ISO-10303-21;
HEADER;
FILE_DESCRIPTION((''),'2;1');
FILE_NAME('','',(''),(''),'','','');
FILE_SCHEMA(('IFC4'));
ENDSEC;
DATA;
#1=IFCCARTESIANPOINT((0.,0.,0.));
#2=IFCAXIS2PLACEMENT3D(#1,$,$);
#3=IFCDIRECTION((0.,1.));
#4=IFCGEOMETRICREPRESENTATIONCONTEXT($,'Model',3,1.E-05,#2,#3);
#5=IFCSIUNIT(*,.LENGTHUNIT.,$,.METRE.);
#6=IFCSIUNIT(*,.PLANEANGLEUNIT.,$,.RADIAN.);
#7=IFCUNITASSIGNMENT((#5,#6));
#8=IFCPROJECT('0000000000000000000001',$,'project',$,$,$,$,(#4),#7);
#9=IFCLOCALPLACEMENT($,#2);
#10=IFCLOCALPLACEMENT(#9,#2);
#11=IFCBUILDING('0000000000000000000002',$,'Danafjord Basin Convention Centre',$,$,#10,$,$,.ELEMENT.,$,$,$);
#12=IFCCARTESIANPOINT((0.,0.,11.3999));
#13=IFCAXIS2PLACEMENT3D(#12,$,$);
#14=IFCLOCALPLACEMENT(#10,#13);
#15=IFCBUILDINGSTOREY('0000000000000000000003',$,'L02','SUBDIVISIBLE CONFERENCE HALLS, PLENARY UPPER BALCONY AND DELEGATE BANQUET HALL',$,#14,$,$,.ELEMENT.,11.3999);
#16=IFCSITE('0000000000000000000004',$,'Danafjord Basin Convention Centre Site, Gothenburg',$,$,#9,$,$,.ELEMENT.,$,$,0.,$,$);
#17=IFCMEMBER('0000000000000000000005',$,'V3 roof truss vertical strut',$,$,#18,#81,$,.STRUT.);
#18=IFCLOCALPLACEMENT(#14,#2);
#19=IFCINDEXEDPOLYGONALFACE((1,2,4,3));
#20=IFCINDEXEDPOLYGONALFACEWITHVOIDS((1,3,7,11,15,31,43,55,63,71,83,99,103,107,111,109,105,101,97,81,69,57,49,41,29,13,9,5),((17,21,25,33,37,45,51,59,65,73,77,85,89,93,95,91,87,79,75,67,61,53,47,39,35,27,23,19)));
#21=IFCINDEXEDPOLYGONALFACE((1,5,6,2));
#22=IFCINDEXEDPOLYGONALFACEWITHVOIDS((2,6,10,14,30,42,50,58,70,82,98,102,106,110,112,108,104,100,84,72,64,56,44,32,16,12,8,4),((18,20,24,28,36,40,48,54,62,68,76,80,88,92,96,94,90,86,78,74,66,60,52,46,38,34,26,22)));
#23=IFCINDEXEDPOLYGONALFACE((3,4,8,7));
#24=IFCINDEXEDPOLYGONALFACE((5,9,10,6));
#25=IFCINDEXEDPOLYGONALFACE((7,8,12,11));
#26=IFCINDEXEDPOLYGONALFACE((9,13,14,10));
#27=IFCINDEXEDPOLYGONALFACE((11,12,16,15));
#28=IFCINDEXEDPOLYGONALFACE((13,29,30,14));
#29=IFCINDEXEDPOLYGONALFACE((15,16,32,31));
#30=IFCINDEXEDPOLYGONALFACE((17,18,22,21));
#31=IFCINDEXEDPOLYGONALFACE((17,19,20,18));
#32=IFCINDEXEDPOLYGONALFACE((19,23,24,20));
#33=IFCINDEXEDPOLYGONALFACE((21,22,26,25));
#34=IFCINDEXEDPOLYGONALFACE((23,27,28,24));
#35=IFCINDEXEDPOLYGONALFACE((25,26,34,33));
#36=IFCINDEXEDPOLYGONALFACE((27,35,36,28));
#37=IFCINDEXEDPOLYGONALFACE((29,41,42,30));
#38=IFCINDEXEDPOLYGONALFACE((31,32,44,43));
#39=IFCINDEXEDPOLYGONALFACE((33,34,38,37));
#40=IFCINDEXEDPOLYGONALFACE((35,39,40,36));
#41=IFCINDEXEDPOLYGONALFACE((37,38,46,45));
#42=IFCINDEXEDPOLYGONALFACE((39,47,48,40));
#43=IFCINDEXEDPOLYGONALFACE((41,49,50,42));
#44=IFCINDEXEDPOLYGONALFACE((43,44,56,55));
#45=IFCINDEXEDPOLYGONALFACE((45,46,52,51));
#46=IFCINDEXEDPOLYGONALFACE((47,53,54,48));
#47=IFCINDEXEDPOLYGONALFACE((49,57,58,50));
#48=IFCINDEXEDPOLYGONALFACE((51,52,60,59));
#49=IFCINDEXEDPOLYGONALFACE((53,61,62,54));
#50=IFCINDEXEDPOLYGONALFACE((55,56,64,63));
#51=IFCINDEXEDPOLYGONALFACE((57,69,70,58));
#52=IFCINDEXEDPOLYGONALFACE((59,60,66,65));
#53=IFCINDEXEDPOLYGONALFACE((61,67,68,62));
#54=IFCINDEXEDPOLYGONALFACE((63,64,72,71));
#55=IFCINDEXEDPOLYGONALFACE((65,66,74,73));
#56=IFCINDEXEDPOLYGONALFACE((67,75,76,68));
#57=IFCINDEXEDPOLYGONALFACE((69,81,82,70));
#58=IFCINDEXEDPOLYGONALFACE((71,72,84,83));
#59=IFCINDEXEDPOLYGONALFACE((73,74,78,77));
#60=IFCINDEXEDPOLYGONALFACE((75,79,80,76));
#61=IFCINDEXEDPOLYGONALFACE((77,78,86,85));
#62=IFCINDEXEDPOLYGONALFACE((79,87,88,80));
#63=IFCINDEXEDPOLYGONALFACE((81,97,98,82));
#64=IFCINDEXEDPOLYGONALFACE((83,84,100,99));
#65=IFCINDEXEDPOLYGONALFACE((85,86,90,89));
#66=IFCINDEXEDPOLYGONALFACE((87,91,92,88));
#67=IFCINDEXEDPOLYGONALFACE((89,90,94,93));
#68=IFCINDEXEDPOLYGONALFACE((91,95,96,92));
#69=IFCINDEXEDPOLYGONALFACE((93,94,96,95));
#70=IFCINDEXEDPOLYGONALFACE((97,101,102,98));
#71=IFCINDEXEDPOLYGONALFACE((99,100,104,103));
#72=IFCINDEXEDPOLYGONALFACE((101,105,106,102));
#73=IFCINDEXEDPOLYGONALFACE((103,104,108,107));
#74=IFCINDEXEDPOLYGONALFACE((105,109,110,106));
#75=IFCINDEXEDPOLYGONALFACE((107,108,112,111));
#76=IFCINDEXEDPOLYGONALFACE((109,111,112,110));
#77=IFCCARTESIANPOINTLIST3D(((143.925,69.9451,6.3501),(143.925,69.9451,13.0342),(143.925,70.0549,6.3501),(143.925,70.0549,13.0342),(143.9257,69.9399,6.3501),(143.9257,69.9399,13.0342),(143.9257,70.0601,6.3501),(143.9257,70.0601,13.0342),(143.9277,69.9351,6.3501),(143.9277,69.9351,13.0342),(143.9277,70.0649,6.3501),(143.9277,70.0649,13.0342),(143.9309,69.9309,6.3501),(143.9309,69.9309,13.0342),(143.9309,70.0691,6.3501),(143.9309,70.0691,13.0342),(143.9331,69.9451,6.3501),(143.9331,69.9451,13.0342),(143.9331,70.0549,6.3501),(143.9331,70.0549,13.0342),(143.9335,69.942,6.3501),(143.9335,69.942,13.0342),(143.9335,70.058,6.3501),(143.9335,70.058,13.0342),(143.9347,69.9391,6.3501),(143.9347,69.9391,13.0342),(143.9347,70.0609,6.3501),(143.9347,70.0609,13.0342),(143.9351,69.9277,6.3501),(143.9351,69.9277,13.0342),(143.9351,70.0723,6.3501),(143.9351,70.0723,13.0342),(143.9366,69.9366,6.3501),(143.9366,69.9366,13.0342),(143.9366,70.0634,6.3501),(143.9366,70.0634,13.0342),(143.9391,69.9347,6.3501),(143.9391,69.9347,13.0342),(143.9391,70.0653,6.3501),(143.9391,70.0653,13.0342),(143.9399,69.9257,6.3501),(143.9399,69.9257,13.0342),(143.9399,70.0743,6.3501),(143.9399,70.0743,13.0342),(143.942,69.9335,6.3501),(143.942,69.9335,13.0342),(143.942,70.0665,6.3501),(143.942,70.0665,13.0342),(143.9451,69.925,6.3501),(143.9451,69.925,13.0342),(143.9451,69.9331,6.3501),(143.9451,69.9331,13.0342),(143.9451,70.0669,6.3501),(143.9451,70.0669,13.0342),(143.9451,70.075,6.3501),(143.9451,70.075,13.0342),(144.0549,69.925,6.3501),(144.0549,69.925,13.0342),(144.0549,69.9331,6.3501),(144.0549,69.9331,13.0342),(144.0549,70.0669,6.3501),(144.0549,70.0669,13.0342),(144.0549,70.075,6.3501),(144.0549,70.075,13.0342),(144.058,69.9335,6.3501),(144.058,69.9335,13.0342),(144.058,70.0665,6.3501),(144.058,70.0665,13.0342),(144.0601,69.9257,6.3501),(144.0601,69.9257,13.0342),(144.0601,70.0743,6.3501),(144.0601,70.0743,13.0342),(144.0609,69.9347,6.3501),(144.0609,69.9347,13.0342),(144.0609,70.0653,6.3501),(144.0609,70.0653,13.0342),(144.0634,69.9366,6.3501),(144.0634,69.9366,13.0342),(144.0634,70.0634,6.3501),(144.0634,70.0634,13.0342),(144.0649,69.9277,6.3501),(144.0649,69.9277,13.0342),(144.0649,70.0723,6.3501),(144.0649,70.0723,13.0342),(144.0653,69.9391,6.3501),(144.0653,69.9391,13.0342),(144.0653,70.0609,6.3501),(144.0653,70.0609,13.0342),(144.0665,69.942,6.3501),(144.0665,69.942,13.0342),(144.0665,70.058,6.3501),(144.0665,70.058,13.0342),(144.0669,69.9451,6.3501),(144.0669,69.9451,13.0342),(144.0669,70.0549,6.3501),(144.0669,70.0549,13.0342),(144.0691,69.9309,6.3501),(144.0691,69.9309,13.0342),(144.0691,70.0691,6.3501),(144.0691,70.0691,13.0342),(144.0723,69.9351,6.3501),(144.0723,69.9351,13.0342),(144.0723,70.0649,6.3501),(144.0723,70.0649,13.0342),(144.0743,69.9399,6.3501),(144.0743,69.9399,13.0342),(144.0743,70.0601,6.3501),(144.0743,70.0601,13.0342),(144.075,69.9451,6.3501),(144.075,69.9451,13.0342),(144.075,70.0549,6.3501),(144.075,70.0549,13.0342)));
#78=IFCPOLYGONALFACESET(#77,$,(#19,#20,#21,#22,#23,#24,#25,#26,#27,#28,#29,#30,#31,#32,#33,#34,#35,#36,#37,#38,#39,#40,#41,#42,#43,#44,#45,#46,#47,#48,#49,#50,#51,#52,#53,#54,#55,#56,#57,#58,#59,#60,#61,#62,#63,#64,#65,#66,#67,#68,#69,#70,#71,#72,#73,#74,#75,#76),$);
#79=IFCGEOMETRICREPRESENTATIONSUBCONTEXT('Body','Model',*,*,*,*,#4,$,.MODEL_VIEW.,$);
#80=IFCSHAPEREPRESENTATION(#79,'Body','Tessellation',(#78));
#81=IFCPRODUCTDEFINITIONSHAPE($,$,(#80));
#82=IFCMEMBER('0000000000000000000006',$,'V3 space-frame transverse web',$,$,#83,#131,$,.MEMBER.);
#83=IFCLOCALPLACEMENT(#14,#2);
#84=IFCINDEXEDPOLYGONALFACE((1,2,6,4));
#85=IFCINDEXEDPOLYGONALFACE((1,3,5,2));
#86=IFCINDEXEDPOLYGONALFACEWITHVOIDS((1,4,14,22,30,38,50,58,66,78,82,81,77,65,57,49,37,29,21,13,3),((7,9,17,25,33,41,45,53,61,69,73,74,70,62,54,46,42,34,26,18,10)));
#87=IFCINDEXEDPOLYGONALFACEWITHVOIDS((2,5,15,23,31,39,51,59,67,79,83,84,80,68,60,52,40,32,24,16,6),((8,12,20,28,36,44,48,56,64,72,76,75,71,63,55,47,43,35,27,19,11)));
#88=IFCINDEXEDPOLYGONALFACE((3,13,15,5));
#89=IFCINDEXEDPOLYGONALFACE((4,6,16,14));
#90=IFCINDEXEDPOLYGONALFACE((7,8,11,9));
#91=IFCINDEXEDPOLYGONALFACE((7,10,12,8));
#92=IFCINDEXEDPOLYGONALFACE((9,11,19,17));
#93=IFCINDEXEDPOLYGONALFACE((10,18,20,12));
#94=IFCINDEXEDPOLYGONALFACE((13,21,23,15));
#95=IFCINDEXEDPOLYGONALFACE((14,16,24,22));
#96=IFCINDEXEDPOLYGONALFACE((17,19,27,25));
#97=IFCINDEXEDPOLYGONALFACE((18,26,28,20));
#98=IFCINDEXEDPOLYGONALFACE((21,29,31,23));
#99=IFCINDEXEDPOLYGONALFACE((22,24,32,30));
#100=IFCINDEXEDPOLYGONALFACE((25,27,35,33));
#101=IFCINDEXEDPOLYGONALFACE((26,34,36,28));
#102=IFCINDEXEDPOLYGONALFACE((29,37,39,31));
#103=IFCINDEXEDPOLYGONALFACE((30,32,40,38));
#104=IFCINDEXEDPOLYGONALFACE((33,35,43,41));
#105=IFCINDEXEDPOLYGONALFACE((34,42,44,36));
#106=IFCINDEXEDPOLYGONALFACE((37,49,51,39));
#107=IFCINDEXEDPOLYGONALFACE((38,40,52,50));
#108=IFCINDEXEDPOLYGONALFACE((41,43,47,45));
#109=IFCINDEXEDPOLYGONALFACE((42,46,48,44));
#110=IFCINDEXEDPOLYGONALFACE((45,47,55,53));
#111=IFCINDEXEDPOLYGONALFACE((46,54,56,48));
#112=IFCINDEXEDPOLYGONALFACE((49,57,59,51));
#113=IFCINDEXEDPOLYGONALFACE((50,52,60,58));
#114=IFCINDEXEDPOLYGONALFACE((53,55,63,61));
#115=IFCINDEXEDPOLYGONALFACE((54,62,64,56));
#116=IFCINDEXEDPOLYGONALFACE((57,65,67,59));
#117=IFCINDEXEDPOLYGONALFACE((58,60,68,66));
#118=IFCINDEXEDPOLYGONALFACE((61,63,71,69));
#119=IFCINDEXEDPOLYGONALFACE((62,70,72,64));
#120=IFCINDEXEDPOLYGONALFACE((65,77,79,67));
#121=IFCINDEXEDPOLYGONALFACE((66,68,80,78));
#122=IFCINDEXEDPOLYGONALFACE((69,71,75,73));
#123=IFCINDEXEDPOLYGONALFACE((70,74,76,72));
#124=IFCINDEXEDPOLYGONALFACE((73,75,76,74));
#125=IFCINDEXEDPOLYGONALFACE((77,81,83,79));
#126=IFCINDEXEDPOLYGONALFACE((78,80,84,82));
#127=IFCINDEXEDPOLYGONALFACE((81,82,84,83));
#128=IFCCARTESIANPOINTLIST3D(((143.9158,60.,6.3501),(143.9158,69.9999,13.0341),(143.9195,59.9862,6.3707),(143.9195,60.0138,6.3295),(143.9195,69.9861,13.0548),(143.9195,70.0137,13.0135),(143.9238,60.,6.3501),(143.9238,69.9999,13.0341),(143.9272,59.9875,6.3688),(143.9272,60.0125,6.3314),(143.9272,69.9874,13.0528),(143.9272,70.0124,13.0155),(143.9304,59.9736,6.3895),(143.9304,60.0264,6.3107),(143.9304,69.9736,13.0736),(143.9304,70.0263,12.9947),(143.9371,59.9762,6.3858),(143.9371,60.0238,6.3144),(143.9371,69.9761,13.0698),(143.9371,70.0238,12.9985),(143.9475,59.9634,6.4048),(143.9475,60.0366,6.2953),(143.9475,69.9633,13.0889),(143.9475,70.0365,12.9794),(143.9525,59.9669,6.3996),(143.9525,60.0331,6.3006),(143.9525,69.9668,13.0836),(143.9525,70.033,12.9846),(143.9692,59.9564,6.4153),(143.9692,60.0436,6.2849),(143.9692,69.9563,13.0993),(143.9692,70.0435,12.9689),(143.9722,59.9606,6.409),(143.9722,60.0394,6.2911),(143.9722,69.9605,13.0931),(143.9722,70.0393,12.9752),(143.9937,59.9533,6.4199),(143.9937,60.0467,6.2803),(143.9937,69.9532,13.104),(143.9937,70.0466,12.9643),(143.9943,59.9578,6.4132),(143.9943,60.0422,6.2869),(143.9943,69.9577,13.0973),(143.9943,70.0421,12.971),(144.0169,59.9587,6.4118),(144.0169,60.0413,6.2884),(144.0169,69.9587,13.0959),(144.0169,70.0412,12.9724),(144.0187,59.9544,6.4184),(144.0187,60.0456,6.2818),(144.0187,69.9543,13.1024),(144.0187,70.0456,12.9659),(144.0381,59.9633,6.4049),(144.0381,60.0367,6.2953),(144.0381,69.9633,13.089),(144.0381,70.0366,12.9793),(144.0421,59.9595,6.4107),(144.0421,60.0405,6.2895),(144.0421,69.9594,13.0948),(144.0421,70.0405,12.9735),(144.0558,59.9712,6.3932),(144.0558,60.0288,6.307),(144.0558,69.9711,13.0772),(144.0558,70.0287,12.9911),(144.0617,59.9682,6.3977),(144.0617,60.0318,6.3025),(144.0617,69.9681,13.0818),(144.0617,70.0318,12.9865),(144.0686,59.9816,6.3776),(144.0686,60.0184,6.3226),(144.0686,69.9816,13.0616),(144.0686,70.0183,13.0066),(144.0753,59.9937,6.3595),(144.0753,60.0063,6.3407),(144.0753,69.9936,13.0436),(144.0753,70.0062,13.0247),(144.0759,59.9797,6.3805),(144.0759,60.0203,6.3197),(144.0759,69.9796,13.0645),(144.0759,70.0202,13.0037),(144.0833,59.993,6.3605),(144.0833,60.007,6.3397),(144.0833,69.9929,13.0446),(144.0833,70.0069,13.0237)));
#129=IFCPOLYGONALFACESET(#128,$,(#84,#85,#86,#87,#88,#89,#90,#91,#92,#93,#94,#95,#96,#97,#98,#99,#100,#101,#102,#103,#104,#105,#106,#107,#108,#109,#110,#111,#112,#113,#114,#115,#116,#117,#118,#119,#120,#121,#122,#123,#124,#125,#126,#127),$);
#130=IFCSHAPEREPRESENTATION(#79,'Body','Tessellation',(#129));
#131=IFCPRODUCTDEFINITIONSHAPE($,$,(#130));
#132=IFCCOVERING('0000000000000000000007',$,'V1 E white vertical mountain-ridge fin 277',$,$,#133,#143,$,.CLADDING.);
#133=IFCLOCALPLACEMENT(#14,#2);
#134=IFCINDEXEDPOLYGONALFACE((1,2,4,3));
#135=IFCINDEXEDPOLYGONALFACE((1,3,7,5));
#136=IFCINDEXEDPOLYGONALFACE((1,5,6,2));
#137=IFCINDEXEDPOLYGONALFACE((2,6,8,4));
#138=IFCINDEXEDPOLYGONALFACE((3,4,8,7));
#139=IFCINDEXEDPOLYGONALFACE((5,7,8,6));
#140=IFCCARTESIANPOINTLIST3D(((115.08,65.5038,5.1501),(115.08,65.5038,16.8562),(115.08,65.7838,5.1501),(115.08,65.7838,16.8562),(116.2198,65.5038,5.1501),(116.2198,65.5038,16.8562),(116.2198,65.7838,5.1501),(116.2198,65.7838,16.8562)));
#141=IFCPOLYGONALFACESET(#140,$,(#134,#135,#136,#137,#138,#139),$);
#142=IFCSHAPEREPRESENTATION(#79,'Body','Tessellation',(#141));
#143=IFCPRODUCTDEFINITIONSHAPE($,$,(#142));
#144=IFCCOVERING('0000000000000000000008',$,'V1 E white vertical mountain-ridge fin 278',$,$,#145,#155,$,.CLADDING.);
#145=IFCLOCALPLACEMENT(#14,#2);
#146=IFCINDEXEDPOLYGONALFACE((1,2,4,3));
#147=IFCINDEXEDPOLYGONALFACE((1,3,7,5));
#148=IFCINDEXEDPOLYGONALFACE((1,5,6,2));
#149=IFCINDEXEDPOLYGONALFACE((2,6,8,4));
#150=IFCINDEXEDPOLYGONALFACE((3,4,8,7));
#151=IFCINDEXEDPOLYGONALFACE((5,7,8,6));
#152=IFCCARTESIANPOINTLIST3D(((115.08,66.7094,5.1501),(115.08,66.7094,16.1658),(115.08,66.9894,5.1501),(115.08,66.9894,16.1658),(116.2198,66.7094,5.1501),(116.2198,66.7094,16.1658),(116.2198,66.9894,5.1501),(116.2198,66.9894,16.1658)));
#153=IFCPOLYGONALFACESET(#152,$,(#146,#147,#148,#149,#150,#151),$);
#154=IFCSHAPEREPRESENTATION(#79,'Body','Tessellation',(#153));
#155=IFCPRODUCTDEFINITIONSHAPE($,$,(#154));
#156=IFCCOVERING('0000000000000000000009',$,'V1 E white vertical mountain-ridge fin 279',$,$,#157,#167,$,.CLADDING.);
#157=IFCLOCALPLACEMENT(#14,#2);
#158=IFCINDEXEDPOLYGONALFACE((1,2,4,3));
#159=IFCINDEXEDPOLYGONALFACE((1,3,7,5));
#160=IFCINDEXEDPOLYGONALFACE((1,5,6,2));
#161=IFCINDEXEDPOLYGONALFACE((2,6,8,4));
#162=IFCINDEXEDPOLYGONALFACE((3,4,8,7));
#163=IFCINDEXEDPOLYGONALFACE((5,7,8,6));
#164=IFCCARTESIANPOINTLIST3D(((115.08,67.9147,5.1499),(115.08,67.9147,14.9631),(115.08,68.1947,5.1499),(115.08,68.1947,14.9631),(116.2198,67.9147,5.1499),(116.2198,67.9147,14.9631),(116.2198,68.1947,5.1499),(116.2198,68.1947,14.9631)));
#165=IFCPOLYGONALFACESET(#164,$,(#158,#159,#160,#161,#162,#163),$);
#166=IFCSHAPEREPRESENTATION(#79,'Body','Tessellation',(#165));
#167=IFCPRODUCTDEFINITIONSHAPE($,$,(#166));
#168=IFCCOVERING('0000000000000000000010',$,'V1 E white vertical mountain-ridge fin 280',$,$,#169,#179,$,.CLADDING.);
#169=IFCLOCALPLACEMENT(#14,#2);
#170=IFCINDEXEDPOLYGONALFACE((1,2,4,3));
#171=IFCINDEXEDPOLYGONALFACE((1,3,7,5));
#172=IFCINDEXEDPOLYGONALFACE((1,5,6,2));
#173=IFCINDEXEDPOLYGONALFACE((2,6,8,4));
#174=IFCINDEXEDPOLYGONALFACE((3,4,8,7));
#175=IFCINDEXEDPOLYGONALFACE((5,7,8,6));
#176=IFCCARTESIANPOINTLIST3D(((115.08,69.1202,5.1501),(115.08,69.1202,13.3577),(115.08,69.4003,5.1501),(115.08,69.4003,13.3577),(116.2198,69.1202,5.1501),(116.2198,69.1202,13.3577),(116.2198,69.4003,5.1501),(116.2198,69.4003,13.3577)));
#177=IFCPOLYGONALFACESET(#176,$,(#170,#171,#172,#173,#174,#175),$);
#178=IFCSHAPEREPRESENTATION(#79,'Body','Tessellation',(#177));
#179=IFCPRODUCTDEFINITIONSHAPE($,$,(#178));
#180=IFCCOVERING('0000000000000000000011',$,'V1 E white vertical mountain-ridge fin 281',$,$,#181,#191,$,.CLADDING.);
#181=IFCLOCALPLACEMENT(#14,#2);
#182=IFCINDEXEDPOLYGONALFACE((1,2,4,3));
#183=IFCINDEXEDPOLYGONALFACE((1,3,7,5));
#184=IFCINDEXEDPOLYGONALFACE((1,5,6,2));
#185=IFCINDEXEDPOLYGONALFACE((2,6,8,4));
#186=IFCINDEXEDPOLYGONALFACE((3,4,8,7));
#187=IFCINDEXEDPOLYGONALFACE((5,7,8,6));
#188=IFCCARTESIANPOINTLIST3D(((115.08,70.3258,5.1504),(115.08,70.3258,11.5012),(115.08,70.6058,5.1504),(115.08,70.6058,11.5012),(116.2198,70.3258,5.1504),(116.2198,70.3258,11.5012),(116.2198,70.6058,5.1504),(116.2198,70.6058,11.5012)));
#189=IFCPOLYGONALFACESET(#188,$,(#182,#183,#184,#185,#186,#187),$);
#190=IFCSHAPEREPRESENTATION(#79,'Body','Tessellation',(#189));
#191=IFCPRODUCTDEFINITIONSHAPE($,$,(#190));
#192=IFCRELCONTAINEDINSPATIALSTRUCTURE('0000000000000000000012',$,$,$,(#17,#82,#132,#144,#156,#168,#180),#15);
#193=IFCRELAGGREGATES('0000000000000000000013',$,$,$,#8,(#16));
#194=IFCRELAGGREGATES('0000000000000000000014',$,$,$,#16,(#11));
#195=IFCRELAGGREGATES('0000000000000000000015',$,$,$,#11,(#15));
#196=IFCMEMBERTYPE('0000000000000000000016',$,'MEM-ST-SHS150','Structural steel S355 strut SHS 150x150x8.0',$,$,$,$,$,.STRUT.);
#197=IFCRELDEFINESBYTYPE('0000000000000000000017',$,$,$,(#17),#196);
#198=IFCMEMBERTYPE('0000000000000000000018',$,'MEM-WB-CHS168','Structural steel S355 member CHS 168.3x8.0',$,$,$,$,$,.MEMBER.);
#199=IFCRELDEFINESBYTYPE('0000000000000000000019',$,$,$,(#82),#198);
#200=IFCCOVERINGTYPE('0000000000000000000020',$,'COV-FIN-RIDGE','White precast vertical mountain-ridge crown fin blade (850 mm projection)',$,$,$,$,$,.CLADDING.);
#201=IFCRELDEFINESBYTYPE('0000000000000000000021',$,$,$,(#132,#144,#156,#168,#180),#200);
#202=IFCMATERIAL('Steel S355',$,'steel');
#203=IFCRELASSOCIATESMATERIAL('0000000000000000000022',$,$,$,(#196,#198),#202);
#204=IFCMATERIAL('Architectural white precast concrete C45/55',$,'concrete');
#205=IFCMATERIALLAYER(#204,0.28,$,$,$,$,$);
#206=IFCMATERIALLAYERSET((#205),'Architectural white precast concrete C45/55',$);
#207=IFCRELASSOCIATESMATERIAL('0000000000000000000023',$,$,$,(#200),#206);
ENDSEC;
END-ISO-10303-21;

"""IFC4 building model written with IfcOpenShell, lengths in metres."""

from ifc_helpers import new_model, si_unit, direction, frame, origin, origin_2d, place, context, subcontext, project, spatial, rectangle, hollow_rectangle, hollow_circle, extrude, material, layer, layer_set, material_profile, profile_set, type_object, element, save


model = new_model("IFC4")

# Units and contexts
model_context = context("Model", 3, precision=1e-05, world=origin(), true_north=direction((0.0, 1.0)))
body_context = subcontext(model_context, "Body", "Model", "MODEL_VIEW")
ifc_project = project(units=[si_unit("LENGTHUNIT", "METRE"), si_unit("PLANEANGLEUNIT", "RADIAN")], contexts=[model_context])

# Site, building, storey
site_placement = place(None, origin())
site = spatial("IfcSite", under=ifc_project, at=site_placement, Name="Danafjord Basin Convention Centre Site, Gothenburg", CompositionType="ELEMENT", RefElevation=0.0)
building_placement = place(site_placement, origin())
building = spatial("IfcBuilding", under=site, at=building_placement, Name="Danafjord Basin Convention Centre", CompositionType="ELEMENT")
storey_placement = place(building_placement, frame((0.0, 0.0, 11.3999)))
storey = spatial("IfcBuildingStorey", under=building, at=storey_placement, Name="L02", Description="SUBDIVISIBLE CONFERENCE HALLS, PLENARY UPPER BALCONY AND DELEGATE BANQUET HALL", CompositionType="ELEMENT", Elevation=11.3999)

# Shared definitions
ifc_material_1 = material(Name="Steel S355", Category="steel")

# Members
ifc_material_profile_1 = material_profile(ifc_material_1, hollow_rectangle(XDim=0.1499, YDim=0.1499, WallThickness=0.0081, InnerFilletRadius=0.012, OuterFilletRadius=0.02, at=origin_2d()), Name="SHS 150x150x8.0")
ifc_profile_set_1 = profile_set([ifc_material_profile_1], Name="Steel S355")
member_type_1 = type_object("IfcMemberType", Name="MEM-ST-SHS150", Description="Structural steel S355 strut SHS 150x150x8.0", PredefinedType="STRUT", material=ifc_profile_set_1)
member_1_placement = place(storey_placement, frame((144.0, 70.0, 6.3501), z_axis=(0.0, 0.0, 1.0), x_axis=(1.0, 0.0, 0.0)))
element("IfcMember", 1, at=member_1_placement, inside=storey, type_object=member_type_1, Name="V3 roof truss vertical strut", PredefinedType="STRUT", context=body_context, shape_type="SweptSolid", body=[
    extrude(hollow_rectangle(XDim=0.1499, YDim=0.1499, WallThickness=0.0081, InnerFilletRadius=0.012, OuterFilletRadius=0.02, at=origin_2d()), origin(), (0.0, 0.0, 1.0), 6.6841),
])
ifc_material_profile_2 = material_profile(ifc_material_1, hollow_circle(Radius=0.0842, WallThickness=0.0081, at=origin_2d()), Name="CHS 168.3x8.0")
ifc_profile_set_2 = profile_set([ifc_material_profile_2], Name="Steel S355")
member_type_2 = type_object("IfcMemberType", Name="MEM-WB-CHS168", Description="Structural steel S355 member CHS 168.3x8.0", PredefinedType="MEMBER", material=ifc_profile_set_2)
member_2_placement = place(storey_placement, frame((144.0, 60.0, 6.3501), z_axis=(0.0, 0.831381, 0.555702), x_axis=(-1.0, 0.0, 0.0)))
element("IfcMember", 2, at=member_2_placement, inside=storey, type_object=member_type_2, Name="V3 space-frame transverse web", PredefinedType="MEMBER", context=body_context, shape_type="SweptSolid", body=[
    extrude(hollow_circle(Radius=0.0842, WallThickness=0.0081, at=origin_2d()), origin(), (0.0, 0.0, 1.0), 12.0281),
])

# Coverings
ifc_material_2 = material(Name="Architectural white precast concrete C45/55", Category="concrete")
ifc_layer = layer(ifc_material_2, 0.28)
ifc_layer_set = layer_set([ifc_layer], Name="Architectural white precast concrete C45/55")
covering_type = type_object("IfcCoveringType", Name="COV-FIN-RIDGE", Description="White precast vertical mountain-ridge crown fin blade (850 mm projection)", PredefinedType="CLADDING", material=ifc_layer_set)
covering_1_placement = place(storey_placement, frame((115.6499, 65.6438, 5.1501), z_axis=(0.0, 0.0, 1.0), x_axis=(1.0, 0.0, 0.0)))
element("IfcCovering", 3, at=covering_1_placement, inside=storey, type_object=covering_type, Name="V1 E white vertical mountain-ridge fin 277", PredefinedType="CLADDING", context=body_context, shape_type="SweptSolid", body=[
    extrude(rectangle(XDim=1.1399, YDim=0.28, at=origin_2d()), origin(), (0.0, 0.0, 1.0), 11.7061),
])
covering_2_placement = place(storey_placement, frame((115.6499, 66.8494, 5.1501), z_axis=(0.0, 0.0, 1.0), x_axis=(1.0, 0.0, 0.0)))
element("IfcCovering", 4, at=covering_2_placement, inside=storey, type_object=covering_type, Name="V1 E white vertical mountain-ridge fin 278", PredefinedType="CLADDING", context=body_context, shape_type="SweptSolid", body=[
    extrude(rectangle(XDim=1.1399, YDim=0.28, at=origin_2d()), origin(), (0.0, 0.0, 1.0), 11.0156),
])
covering_3_placement = place(storey_placement, frame((115.6499, 68.0547, 5.1499), z_axis=(0.0, 0.0, 1.0), x_axis=(1.0, 0.0, 0.0)))
element("IfcCovering", 5, at=covering_3_placement, inside=storey, type_object=covering_type, Name="V1 E white vertical mountain-ridge fin 279", PredefinedType="CLADDING", context=body_context, shape_type="SweptSolid", body=[
    extrude(rectangle(XDim=1.1399, YDim=0.28, at=origin_2d()), origin(), (0.0, 0.0, 1.0), 9.8132),
])
covering_4_placement = place(storey_placement, frame((115.6499, 69.2603, 5.1501), z_axis=(0.0, 0.0, 1.0), x_axis=(1.0, 0.0, 0.0)))
element("IfcCovering", 6, at=covering_4_placement, inside=storey, type_object=covering_type, Name="V1 E white vertical mountain-ridge fin 280", PredefinedType="CLADDING", context=body_context, shape_type="SweptSolid", body=[
    extrude(rectangle(XDim=1.1399, YDim=0.28, at=origin_2d()), origin(), (0.0, 0.0, 1.0), 8.2075),
])
covering_5_placement = place(storey_placement, frame((115.6499, 70.4658, 5.1504), z_axis=(0.0, 0.0, 1.0), x_axis=(1.0, 0.0, 0.0)))
element("IfcCovering", 7, at=covering_5_placement, inside=storey, type_object=covering_type, Name="V1 E white vertical mountain-ridge fin 281", PredefinedType="CLADDING", context=body_context, shape_type="SweptSolid", body=[
    extrude(rectangle(XDim=1.1399, YDim=0.28, at=origin_2d()), origin(), (0.0, 0.0, 1.0), 6.3508),
])

save(model, "model.ifc")
